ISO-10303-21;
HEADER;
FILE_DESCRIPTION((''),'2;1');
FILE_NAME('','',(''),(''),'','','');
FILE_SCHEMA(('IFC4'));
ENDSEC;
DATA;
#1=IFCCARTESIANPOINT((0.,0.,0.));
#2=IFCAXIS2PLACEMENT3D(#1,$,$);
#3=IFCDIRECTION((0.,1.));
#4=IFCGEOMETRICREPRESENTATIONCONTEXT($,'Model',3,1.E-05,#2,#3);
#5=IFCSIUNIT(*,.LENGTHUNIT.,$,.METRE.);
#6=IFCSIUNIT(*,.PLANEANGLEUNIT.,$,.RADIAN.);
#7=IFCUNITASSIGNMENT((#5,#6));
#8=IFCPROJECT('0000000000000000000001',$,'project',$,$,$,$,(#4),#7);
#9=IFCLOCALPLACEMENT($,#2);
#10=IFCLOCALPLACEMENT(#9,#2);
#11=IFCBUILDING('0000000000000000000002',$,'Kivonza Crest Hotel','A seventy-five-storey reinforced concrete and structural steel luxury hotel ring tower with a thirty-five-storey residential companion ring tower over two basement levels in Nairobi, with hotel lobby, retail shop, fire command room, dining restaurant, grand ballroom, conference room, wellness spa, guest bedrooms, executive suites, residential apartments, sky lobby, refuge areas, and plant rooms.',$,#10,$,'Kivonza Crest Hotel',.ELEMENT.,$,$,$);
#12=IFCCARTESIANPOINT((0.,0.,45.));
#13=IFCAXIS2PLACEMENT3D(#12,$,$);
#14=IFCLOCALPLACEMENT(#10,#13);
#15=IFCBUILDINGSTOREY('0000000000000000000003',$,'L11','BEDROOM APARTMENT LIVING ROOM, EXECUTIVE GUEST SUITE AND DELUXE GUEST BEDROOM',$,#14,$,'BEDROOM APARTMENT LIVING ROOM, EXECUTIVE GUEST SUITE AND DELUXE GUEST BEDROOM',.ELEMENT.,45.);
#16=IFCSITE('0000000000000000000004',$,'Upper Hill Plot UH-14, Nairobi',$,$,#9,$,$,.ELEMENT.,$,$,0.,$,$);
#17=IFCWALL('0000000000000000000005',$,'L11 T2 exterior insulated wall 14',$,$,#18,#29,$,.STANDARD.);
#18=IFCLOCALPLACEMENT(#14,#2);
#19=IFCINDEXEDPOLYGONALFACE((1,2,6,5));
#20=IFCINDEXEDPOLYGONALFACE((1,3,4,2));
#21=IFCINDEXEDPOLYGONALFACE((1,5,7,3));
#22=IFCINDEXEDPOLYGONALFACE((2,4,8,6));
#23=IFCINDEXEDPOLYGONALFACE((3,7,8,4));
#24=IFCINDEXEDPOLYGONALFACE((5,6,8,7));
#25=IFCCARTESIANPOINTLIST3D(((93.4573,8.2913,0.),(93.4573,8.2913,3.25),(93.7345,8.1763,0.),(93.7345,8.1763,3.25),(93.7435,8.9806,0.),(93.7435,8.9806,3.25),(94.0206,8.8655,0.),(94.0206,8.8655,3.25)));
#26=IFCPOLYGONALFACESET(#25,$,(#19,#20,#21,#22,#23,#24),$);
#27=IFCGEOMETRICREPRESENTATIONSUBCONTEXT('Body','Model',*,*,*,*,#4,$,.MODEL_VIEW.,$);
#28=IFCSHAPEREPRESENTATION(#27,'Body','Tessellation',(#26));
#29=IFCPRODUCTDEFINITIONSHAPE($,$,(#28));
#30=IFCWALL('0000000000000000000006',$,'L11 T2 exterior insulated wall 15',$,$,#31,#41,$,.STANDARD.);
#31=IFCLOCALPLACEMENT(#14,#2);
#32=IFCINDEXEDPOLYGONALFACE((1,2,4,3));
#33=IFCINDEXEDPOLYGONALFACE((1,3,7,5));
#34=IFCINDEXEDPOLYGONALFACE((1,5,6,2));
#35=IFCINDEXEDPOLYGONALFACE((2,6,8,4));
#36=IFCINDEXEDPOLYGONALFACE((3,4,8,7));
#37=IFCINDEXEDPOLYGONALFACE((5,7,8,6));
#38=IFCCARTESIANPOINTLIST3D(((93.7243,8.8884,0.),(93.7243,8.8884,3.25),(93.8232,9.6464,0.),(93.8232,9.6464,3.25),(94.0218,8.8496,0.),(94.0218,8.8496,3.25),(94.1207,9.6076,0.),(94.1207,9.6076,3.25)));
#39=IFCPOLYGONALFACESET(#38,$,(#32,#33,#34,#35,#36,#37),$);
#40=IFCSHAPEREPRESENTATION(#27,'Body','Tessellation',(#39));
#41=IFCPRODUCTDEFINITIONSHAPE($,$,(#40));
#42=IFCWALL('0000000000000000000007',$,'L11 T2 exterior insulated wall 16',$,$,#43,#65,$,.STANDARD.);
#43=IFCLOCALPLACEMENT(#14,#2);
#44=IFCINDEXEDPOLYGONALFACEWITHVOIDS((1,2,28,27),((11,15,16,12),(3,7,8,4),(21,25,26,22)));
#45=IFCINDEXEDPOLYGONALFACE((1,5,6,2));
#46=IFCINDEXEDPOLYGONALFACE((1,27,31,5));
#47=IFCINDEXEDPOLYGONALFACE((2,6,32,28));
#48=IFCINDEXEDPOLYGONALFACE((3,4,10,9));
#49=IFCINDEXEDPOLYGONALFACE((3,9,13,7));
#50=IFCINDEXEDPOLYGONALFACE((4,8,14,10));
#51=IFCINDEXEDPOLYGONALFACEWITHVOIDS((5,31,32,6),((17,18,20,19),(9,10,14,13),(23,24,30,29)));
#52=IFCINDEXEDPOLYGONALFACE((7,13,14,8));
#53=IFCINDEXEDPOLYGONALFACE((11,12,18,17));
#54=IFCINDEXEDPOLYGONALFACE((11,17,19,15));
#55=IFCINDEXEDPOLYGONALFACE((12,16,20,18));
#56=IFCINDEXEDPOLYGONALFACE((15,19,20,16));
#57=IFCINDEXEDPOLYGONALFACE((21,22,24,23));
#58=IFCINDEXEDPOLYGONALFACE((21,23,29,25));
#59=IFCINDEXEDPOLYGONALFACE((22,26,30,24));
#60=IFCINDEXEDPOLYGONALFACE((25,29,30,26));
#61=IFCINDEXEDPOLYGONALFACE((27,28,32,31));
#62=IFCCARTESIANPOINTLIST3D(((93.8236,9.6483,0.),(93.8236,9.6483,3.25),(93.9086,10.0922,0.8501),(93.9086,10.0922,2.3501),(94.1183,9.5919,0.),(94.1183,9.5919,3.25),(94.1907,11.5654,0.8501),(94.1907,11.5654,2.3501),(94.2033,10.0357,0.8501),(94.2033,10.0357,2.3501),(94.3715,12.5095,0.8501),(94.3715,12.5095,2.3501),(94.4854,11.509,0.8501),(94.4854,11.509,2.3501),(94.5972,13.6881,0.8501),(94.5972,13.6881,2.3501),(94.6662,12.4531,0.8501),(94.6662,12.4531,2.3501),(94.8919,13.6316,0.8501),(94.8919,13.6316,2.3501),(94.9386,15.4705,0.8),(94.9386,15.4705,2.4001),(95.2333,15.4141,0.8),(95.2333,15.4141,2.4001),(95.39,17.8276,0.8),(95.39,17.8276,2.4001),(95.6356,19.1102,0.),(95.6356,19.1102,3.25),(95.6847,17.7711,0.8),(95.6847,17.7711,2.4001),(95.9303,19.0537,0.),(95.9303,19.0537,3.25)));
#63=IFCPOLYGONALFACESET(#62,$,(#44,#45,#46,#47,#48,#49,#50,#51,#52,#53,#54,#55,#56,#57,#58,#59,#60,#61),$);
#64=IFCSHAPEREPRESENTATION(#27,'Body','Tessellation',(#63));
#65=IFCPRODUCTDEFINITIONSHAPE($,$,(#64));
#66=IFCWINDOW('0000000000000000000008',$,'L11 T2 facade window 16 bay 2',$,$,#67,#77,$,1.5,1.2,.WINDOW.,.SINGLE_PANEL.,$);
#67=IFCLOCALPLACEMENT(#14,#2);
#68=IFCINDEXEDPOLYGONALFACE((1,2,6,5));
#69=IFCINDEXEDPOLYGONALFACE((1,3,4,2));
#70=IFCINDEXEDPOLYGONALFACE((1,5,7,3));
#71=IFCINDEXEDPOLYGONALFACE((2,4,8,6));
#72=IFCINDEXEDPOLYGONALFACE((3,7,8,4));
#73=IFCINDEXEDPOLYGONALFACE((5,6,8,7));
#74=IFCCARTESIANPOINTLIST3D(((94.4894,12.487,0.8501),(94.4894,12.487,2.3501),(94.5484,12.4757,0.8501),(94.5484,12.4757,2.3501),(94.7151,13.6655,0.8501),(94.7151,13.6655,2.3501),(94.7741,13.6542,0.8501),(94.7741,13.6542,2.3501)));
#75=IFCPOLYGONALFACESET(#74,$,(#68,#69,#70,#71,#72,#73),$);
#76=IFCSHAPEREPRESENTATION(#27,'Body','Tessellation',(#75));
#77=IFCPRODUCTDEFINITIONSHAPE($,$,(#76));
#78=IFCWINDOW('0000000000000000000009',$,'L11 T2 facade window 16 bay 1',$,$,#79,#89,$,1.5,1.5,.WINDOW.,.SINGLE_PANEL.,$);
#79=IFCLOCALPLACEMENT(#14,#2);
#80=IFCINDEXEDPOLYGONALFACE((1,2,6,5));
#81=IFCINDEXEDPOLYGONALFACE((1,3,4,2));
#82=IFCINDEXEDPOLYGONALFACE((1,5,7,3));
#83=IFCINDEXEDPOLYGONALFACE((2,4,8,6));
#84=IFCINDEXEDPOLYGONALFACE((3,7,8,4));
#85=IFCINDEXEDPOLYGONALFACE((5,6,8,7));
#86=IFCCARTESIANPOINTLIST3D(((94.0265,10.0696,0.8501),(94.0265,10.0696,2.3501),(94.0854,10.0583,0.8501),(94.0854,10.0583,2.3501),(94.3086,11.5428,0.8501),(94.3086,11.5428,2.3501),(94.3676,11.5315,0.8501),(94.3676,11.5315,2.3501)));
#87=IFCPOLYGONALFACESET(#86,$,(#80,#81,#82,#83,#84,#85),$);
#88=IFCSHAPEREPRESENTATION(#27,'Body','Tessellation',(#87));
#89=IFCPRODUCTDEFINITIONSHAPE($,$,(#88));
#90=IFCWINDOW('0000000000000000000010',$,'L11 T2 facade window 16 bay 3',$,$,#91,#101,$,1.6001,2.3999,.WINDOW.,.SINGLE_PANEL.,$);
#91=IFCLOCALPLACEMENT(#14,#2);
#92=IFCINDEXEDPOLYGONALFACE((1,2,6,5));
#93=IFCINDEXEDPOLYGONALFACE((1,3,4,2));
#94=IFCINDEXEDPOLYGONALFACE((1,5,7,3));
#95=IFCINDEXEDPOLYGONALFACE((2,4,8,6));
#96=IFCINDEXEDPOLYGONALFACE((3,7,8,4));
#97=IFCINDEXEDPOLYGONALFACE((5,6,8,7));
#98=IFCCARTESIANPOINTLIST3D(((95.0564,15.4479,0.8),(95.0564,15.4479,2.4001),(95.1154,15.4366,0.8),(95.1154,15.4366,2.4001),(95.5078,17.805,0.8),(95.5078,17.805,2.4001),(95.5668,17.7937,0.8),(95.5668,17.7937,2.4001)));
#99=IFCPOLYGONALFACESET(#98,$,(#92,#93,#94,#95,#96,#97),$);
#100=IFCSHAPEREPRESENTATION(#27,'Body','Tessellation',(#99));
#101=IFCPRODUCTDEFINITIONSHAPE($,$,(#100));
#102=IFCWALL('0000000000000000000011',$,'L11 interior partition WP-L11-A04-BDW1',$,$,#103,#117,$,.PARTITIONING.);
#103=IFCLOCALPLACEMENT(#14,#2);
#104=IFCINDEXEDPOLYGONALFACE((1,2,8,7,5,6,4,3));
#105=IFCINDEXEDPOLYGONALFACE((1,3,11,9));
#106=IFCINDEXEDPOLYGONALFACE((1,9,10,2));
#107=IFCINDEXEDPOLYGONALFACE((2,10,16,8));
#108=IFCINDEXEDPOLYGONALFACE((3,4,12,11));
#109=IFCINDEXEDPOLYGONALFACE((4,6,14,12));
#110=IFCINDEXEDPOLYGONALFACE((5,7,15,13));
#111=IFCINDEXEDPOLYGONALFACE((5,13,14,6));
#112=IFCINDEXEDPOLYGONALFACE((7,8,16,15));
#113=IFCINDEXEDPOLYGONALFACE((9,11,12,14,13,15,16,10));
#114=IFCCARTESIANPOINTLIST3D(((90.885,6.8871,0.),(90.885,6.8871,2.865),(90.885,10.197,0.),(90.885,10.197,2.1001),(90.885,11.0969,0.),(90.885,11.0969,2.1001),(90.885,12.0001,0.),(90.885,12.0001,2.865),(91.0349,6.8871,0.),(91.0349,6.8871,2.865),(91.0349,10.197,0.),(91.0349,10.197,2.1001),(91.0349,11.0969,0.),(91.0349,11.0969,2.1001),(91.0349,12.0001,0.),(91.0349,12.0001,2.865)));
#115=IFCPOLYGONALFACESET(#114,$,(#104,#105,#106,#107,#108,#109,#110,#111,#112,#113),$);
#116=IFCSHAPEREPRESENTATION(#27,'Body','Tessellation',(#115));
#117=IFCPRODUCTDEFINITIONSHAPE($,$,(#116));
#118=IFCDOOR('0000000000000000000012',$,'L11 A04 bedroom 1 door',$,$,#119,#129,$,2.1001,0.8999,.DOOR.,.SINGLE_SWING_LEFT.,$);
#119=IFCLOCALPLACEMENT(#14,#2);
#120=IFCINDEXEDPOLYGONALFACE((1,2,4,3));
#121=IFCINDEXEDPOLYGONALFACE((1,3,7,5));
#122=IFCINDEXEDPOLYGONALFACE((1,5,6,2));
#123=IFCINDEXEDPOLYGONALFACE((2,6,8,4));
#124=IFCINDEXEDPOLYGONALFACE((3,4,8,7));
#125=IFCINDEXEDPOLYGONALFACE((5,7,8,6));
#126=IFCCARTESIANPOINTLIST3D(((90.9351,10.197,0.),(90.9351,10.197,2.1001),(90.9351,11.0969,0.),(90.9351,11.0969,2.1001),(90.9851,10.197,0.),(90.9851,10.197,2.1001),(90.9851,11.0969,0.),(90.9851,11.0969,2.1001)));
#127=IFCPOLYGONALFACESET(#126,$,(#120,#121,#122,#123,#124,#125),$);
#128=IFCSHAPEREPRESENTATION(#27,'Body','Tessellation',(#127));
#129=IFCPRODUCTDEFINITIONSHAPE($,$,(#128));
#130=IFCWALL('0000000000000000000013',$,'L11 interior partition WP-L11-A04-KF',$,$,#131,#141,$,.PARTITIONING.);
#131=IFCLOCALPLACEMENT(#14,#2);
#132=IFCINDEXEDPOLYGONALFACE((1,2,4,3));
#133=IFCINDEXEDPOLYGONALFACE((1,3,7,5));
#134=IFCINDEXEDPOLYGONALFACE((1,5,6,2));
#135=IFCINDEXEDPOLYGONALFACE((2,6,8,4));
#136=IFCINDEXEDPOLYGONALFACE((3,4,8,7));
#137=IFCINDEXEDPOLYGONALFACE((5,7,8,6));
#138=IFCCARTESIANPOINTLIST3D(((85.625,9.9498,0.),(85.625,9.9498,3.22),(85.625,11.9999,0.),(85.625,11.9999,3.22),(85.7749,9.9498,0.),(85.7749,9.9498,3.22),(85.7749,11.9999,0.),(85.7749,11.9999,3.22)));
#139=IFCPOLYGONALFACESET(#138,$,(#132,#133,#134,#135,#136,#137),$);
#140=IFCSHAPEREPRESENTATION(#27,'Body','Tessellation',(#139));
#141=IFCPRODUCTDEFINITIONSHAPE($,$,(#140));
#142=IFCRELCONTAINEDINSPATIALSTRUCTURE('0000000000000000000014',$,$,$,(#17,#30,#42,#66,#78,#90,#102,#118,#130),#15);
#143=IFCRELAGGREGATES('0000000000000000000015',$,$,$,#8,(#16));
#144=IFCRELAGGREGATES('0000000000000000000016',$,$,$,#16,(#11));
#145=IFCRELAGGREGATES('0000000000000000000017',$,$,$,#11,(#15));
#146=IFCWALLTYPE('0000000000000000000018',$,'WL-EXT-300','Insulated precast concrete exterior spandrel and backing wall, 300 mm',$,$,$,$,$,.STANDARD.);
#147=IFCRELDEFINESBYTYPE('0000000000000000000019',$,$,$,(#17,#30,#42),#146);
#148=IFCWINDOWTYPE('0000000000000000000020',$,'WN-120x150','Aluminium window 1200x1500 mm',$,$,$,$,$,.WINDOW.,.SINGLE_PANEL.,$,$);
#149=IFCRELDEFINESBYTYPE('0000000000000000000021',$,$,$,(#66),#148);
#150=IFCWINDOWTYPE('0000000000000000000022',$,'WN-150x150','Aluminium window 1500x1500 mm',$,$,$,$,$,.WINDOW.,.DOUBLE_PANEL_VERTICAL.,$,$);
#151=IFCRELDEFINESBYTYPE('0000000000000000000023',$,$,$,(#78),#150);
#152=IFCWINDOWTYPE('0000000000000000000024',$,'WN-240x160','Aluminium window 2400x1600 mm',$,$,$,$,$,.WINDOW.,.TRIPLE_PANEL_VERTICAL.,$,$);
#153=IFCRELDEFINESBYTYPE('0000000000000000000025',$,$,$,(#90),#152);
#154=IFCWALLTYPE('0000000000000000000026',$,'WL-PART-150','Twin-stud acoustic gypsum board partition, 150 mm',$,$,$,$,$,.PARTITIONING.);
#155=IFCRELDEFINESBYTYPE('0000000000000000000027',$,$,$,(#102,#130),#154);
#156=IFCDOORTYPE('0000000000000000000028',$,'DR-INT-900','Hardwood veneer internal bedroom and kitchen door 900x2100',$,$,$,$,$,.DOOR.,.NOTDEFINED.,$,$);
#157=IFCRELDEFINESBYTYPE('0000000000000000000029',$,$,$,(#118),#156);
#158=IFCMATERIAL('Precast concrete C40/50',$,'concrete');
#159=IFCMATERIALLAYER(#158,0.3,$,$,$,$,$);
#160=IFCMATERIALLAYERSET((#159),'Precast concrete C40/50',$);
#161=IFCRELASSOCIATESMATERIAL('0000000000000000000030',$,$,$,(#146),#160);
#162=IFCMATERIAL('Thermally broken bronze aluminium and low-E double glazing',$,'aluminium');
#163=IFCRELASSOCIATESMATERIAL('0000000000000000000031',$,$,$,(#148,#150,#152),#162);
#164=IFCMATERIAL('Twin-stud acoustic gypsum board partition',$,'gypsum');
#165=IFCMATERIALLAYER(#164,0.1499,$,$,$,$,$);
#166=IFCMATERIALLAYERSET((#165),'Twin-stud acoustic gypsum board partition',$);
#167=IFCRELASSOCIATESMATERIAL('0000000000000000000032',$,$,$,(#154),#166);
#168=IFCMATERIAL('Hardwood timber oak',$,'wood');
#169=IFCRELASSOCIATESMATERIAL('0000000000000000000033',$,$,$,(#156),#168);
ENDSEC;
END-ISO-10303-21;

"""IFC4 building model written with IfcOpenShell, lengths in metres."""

from ifc_helpers import new_model, si_unit, direction, frame, frame_2d, origin, place, context, subcontext, project, spatial, rectangle, extrude, material, layer, layer_set, type_object, element, fill, save


model = new_model("IFC4")

# Units and contexts
model_context = context("Model", 3, precision=1e-05, world=origin(), true_north=direction((0.0, 1.0)))
body_context = subcontext(model_context, "Body", "Model", "MODEL_VIEW")
ifc_project = project(units=[si_unit("LENGTHUNIT", "METRE"), si_unit("PLANEANGLEUNIT", "RADIAN")], contexts=[model_context])

# Site, building, storey
site_placement = place(None, origin())
site = spatial("IfcSite", under=ifc_project, at=site_placement, Name="Upper Hill Plot UH-14, Nairobi", CompositionType="ELEMENT", RefElevation=0.0)
building_placement = place(site_placement, origin())
building = spatial("IfcBuilding", under=site, at=building_placement, Name="Kivonza Crest Hotel", Description="A seventy-five-storey reinforced concrete and structural steel luxury hotel ring tower with a thirty-five-storey residential companion ring tower over two basement levels in Nairobi, with hotel lobby, retail shop, fire command room, dining restaurant, grand ballroom, conference room, wellness spa, guest bedrooms, executive suites, residential apartments, sky lobby, refuge areas, and plant rooms.", LongName="Kivonza Crest Hotel", CompositionType="ELEMENT")
storey_placement = place(building_placement, frame((0.0, 0.0, 45.0)))
storey = spatial("IfcBuildingStorey", under=building, at=storey_placement, Name="L11", Description="BEDROOM APARTMENT LIVING ROOM, EXECUTIVE GUEST SUITE AND DELUXE GUEST BEDROOM", LongName="BEDROOM APARTMENT LIVING ROOM, EXECUTIVE GUEST SUITE AND DELUXE GUEST BEDROOM", CompositionType="ELEMENT", Elevation=45.0)

# Shared definitions
ifc_material_1 = material(Name="Hardwood timber oak", Category="wood")

# Walls
ifc_material_2 = material(Name="Precast concrete C40/50", Category="concrete")
ifc_layer_1 = layer(ifc_material_2, 0.3)
ifc_layer_set_1 = layer_set([ifc_layer_1], Name="Precast concrete C40/50")
wall_type_1 = type_object("IfcWallType", Name="WL-EXT-300", Description="Insulated precast concrete exterior spandrel and backing wall, 300 mm", PredefinedType="STANDARD", material=ifc_layer_set_1)
wall_1_placement = place(storey_placement, frame((93.5959, 8.2339, 0.0), z_axis=(0.0, 0.0, 1.0), x_axis=(0.38343, 0.92357, 0.0)))
element("IfcWall", 1, at=wall_1_placement, inside=storey, type_object=wall_type_1, Name="L11 T2 exterior insulated wall 14", PredefinedType="STANDARD", context=body_context, shape_type="SweptSolid", body=[
    extrude(rectangle(XDim=0.7463, YDim=0.3, at=frame_2d((0.373, 0.0))), origin(), (0.0, 0.0, 1.0), 3.25),
])
wall_2_placement = place(storey_placement, frame((93.873, 8.8689, 0.0), z_axis=(0.0, 0.0, 1.0), x_axis=(0.129339, 0.9916, 0.0)))
element("IfcWall", 2, at=wall_2_placement, inside=storey, type_object=wall_type_1, Name="L11 T2 exterior insulated wall 15", PredefinedType="STANDARD", context=body_context, shape_type="SweptSolid", body=[
    extrude(rectangle(XDim=0.7644, YDim=0.3, at=frame_2d((0.3823, 0.0))), origin(), (0.0, 0.0, 1.0), 3.25),
])

# Wall, openings, windows
wall_3_placement = place(storey_placement, frame((93.9709, 9.6201, 0.0), z_axis=(0.0, 0.0, 1.0), x_axis=(0.188088, 0.982152, 0.0)))
wall_3 = element("IfcWall", 3, at=wall_3_placement, inside=storey, type_object=wall_type_1, Name="L11 T2 exterior insulated wall 16", PredefinedType="STANDARD", context=body_context, shape_type="SweptSolid", body=[
    extrude(rectangle(XDim=9.6338, YDim=0.3, at=frame_2d((4.8169, 0.0))), origin(), (0.0, 0.0, 1.0), 3.25),
])
opening_1_placement = place(wall_3_placement, frame((0.4519, 0.0, 0.8501)))
opening_1 = element("IfcOpeningElement", 4, at=opening_1_placement, cuts=wall_3, PredefinedType="OPENING", context=body_context, shape_type="SweptSolid", body=[
    extrude(rectangle(XDim=1.5, YDim=1.5, at=frame_2d((0.75, 0.75))), frame((0.0, 0.1602, 0.0), z_axis=(0.0, -1.0, 0.0), x_axis=(1.0, 0.0, 0.0)), (0.0, 0.0, 1.0), 0.3201),
])
opening_2_placement = place(wall_3_placement, frame((2.9131, 0.0, 0.8501)))
opening_2 = element("IfcOpeningElement", 5, at=opening_2_placement, cuts=wall_3, PredefinedType="OPENING", context=body_context, shape_type="SweptSolid", body=[
    extrude(rectangle(XDim=1.2, YDim=1.5, at=frame_2d((0.6001, 0.75))), frame((0.0, 0.1602, 0.0), z_axis=(0.0, -1.0, 0.0), x_axis=(1.0, 0.0, 0.0)), (0.0, 0.0, 1.0), 0.3201),
])
opening_3_placement = place(wall_3_placement, frame((5.928, 0.0, 0.8)))
opening_3 = element("IfcOpeningElement", 6, at=opening_3_placement, cuts=wall_3, PredefinedType="OPENING", context=body_context, shape_type="SweptSolid", body=[
    extrude(rectangle(XDim=2.3999, YDim=1.6001, at=frame_2d((1.2, 0.8))), frame((0.0, 0.1602, 0.0), z_axis=(0.0, -1.0, 0.0), x_axis=(1.0, 0.0, 0.0)), (0.0, 0.0, 1.0), 0.3201),
])
ifc_material_3 = material(Name="Thermally broken bronze aluminium and low-E double glazing", Category="aluminium")
window_type_1 = type_object("IfcWindowType", Name="WN-120x150", Description="Aluminium window 1200x1500 mm", PartitioningType="SINGLE_PANEL", PredefinedType="WINDOW", material=ifc_material_3)
window_1_placement = place(opening_2_placement, origin())
window_1 = element("IfcWindow", 7, at=window_1_placement, inside=storey, type_object=window_type_1, Name="L11 T2 facade window 16 bay 2", OverallHeight=1.5, OverallWidth=1.2, PartitioningType="SINGLE_PANEL", PredefinedType="WINDOW", context=body_context, shape_type="SweptSolid", body=[
    extrude(rectangle(XDim=1.2, YDim=1.5, at=frame_2d((0.6001, 0.75))), frame((0.0, 0.03, 0.0), z_axis=(0.0, -1.0, 0.0), x_axis=(1.0, 0.0, 0.0)), (0.0, 0.0, 1.0), 0.0601),
])
fill(opening_2, window_1)
window_type_2 = type_object("IfcWindowType", Name="WN-150x150", Description="Aluminium window 1500x1500 mm", PartitioningType="DOUBLE_PANEL_VERTICAL", PredefinedType="WINDOW", material=ifc_material_3)
window_2_placement = place(opening_1_placement, origin())
window_2 = element("IfcWindow", 8, at=window_2_placement, inside=storey, type_object=window_type_2, Name="L11 T2 facade window 16 bay 1", OverallHeight=1.5, OverallWidth=1.5, PartitioningType="SINGLE_PANEL", PredefinedType="WINDOW", context=body_context, shape_type="SweptSolid", body=[
    extrude(rectangle(XDim=1.5, YDim=1.5, at=frame_2d((0.75, 0.75))), frame((0.0, 0.03, 0.0), z_axis=(0.0, -1.0, 0.0), x_axis=(1.0, 0.0, 0.0)), (0.0, 0.0, 1.0), 0.0601),
])
fill(opening_1, window_2)
window_type_3 = type_object("IfcWindowType", Name="WN-240x160", Description="Aluminium window 2400x1600 mm", PartitioningType="TRIPLE_PANEL_VERTICAL", PredefinedType="WINDOW", material=ifc_material_3)
window_3_placement = place(opening_3_placement, origin())
window_3 = element("IfcWindow", 9, at=window_3_placement, inside=storey, type_object=window_type_3, Name="L11 T2 facade window 16 bay 3", OverallHeight=1.6001, OverallWidth=2.3999, PartitioningType="SINGLE_PANEL", PredefinedType="WINDOW", context=body_context, shape_type="SweptSolid", body=[
    extrude(rectangle(XDim=2.3999, YDim=1.6001, at=frame_2d((1.2, 0.8))), frame((0.0, 0.03, 0.0), z_axis=(0.0, -1.0, 0.0), x_axis=(1.0, 0.0, 0.0)), (0.0, 0.0, 1.0), 0.0601),
])
fill(opening_3, window_3)

# Wall, opening, door
ifc_material_4 = material(Name="Twin-stud acoustic gypsum board partition", Category="gypsum")
ifc_layer_2 = layer(ifc_material_4, 0.1499)
ifc_layer_set_2 = layer_set([ifc_layer_2], Name="Twin-stud acoustic gypsum board partition")
wall_type_2 = type_object("IfcWallType", Name="WL-PART-150", Description="Twin-stud acoustic gypsum board partition, 150 mm", PredefinedType="PARTITIONING", material=ifc_layer_set_2)
wall_4_placement = place(storey_placement, frame((90.96, 6.887, 0.0), z_axis=(0.0, 0.0, 1.0), x_axis=(0.0, 1.0, 0.0)))
wall_4 = element("IfcWall", 10, at=wall_4_placement, inside=storey, type_object=wall_type_2, Name="L11 interior partition WP-L11-A04-BDW1", PredefinedType="PARTITIONING", context=body_context, shape_type="SweptSolid", body=[
    extrude(rectangle(XDim=5.113, YDim=0.1499, at=frame_2d((2.5566, 0.0))), origin(), (0.0, 0.0, 1.0), 2.865),
])
opening_4_placement = place(wall_4_placement, frame((3.3101, 0.0, 0.0)))
opening_4 = element("IfcOpeningElement", 11, at=opening_4_placement, cuts=wall_4, PredefinedType="OPENING", context=body_context, shape_type="SweptSolid", body=[
    extrude(rectangle(XDim=0.8999, YDim=2.1001, at=frame_2d((0.45, 1.05))), frame((0.0, 0.085, 0.0), z_axis=(0.0, -1.0, 0.0), x_axis=(1.0, 0.0, 0.0)), (0.0, 0.0, 1.0), 0.1699),
])
door_type_1 = type_object("IfcDoorType", Name="DR-INT-900", Description="Hardwood veneer internal bedroom and kitchen door 900x2100", OperationType="NOTDEFINED", PredefinedType="DOOR", material=ifc_material_1)
door_1_placement = place(opening_4_placement, origin())
door_1 = element("IfcDoor", 12, at=door_1_placement, inside=storey, type_object=door_type_1, Name="L11 A04 bedroom 1 door", OperationType="SINGLE_SWING_LEFT", OverallHeight=2.1001, OverallWidth=0.8999, PredefinedType="DOOR", context=body_context, shape_type="SweptSolid", body=[
    extrude(rectangle(XDim=0.8999, YDim=2.1001, at=frame_2d((0.45, 1.05))), frame((0.0, 0.0249, 0.0), z_axis=(0.0, -1.0, 0.0), x_axis=(1.0, 0.0, 0.0)), (0.0, 0.0, 1.0), 0.05),
])
fill(opening_4, door_1)

# Wall
wall_5_placement = place(storey_placement, frame((85.7, 9.95, 0.0), z_axis=(0.0, 0.0, 1.0), x_axis=(0.0, 1.0, 0.0)))
element("IfcWall", 13, at=wall_5_placement, inside=storey, type_object=wall_type_2, Name="L11 interior partition WP-L11-A04-KF", PredefinedType="PARTITIONING", context=body_context, shape_type="SweptSolid", body=[
    extrude(rectangle(XDim=2.05, YDim=0.1499, at=frame_2d((1.0249, 0.0))), origin(), (0.0, 0.0, 1.0), 3.22),
])

save(model, "model.ifc")
